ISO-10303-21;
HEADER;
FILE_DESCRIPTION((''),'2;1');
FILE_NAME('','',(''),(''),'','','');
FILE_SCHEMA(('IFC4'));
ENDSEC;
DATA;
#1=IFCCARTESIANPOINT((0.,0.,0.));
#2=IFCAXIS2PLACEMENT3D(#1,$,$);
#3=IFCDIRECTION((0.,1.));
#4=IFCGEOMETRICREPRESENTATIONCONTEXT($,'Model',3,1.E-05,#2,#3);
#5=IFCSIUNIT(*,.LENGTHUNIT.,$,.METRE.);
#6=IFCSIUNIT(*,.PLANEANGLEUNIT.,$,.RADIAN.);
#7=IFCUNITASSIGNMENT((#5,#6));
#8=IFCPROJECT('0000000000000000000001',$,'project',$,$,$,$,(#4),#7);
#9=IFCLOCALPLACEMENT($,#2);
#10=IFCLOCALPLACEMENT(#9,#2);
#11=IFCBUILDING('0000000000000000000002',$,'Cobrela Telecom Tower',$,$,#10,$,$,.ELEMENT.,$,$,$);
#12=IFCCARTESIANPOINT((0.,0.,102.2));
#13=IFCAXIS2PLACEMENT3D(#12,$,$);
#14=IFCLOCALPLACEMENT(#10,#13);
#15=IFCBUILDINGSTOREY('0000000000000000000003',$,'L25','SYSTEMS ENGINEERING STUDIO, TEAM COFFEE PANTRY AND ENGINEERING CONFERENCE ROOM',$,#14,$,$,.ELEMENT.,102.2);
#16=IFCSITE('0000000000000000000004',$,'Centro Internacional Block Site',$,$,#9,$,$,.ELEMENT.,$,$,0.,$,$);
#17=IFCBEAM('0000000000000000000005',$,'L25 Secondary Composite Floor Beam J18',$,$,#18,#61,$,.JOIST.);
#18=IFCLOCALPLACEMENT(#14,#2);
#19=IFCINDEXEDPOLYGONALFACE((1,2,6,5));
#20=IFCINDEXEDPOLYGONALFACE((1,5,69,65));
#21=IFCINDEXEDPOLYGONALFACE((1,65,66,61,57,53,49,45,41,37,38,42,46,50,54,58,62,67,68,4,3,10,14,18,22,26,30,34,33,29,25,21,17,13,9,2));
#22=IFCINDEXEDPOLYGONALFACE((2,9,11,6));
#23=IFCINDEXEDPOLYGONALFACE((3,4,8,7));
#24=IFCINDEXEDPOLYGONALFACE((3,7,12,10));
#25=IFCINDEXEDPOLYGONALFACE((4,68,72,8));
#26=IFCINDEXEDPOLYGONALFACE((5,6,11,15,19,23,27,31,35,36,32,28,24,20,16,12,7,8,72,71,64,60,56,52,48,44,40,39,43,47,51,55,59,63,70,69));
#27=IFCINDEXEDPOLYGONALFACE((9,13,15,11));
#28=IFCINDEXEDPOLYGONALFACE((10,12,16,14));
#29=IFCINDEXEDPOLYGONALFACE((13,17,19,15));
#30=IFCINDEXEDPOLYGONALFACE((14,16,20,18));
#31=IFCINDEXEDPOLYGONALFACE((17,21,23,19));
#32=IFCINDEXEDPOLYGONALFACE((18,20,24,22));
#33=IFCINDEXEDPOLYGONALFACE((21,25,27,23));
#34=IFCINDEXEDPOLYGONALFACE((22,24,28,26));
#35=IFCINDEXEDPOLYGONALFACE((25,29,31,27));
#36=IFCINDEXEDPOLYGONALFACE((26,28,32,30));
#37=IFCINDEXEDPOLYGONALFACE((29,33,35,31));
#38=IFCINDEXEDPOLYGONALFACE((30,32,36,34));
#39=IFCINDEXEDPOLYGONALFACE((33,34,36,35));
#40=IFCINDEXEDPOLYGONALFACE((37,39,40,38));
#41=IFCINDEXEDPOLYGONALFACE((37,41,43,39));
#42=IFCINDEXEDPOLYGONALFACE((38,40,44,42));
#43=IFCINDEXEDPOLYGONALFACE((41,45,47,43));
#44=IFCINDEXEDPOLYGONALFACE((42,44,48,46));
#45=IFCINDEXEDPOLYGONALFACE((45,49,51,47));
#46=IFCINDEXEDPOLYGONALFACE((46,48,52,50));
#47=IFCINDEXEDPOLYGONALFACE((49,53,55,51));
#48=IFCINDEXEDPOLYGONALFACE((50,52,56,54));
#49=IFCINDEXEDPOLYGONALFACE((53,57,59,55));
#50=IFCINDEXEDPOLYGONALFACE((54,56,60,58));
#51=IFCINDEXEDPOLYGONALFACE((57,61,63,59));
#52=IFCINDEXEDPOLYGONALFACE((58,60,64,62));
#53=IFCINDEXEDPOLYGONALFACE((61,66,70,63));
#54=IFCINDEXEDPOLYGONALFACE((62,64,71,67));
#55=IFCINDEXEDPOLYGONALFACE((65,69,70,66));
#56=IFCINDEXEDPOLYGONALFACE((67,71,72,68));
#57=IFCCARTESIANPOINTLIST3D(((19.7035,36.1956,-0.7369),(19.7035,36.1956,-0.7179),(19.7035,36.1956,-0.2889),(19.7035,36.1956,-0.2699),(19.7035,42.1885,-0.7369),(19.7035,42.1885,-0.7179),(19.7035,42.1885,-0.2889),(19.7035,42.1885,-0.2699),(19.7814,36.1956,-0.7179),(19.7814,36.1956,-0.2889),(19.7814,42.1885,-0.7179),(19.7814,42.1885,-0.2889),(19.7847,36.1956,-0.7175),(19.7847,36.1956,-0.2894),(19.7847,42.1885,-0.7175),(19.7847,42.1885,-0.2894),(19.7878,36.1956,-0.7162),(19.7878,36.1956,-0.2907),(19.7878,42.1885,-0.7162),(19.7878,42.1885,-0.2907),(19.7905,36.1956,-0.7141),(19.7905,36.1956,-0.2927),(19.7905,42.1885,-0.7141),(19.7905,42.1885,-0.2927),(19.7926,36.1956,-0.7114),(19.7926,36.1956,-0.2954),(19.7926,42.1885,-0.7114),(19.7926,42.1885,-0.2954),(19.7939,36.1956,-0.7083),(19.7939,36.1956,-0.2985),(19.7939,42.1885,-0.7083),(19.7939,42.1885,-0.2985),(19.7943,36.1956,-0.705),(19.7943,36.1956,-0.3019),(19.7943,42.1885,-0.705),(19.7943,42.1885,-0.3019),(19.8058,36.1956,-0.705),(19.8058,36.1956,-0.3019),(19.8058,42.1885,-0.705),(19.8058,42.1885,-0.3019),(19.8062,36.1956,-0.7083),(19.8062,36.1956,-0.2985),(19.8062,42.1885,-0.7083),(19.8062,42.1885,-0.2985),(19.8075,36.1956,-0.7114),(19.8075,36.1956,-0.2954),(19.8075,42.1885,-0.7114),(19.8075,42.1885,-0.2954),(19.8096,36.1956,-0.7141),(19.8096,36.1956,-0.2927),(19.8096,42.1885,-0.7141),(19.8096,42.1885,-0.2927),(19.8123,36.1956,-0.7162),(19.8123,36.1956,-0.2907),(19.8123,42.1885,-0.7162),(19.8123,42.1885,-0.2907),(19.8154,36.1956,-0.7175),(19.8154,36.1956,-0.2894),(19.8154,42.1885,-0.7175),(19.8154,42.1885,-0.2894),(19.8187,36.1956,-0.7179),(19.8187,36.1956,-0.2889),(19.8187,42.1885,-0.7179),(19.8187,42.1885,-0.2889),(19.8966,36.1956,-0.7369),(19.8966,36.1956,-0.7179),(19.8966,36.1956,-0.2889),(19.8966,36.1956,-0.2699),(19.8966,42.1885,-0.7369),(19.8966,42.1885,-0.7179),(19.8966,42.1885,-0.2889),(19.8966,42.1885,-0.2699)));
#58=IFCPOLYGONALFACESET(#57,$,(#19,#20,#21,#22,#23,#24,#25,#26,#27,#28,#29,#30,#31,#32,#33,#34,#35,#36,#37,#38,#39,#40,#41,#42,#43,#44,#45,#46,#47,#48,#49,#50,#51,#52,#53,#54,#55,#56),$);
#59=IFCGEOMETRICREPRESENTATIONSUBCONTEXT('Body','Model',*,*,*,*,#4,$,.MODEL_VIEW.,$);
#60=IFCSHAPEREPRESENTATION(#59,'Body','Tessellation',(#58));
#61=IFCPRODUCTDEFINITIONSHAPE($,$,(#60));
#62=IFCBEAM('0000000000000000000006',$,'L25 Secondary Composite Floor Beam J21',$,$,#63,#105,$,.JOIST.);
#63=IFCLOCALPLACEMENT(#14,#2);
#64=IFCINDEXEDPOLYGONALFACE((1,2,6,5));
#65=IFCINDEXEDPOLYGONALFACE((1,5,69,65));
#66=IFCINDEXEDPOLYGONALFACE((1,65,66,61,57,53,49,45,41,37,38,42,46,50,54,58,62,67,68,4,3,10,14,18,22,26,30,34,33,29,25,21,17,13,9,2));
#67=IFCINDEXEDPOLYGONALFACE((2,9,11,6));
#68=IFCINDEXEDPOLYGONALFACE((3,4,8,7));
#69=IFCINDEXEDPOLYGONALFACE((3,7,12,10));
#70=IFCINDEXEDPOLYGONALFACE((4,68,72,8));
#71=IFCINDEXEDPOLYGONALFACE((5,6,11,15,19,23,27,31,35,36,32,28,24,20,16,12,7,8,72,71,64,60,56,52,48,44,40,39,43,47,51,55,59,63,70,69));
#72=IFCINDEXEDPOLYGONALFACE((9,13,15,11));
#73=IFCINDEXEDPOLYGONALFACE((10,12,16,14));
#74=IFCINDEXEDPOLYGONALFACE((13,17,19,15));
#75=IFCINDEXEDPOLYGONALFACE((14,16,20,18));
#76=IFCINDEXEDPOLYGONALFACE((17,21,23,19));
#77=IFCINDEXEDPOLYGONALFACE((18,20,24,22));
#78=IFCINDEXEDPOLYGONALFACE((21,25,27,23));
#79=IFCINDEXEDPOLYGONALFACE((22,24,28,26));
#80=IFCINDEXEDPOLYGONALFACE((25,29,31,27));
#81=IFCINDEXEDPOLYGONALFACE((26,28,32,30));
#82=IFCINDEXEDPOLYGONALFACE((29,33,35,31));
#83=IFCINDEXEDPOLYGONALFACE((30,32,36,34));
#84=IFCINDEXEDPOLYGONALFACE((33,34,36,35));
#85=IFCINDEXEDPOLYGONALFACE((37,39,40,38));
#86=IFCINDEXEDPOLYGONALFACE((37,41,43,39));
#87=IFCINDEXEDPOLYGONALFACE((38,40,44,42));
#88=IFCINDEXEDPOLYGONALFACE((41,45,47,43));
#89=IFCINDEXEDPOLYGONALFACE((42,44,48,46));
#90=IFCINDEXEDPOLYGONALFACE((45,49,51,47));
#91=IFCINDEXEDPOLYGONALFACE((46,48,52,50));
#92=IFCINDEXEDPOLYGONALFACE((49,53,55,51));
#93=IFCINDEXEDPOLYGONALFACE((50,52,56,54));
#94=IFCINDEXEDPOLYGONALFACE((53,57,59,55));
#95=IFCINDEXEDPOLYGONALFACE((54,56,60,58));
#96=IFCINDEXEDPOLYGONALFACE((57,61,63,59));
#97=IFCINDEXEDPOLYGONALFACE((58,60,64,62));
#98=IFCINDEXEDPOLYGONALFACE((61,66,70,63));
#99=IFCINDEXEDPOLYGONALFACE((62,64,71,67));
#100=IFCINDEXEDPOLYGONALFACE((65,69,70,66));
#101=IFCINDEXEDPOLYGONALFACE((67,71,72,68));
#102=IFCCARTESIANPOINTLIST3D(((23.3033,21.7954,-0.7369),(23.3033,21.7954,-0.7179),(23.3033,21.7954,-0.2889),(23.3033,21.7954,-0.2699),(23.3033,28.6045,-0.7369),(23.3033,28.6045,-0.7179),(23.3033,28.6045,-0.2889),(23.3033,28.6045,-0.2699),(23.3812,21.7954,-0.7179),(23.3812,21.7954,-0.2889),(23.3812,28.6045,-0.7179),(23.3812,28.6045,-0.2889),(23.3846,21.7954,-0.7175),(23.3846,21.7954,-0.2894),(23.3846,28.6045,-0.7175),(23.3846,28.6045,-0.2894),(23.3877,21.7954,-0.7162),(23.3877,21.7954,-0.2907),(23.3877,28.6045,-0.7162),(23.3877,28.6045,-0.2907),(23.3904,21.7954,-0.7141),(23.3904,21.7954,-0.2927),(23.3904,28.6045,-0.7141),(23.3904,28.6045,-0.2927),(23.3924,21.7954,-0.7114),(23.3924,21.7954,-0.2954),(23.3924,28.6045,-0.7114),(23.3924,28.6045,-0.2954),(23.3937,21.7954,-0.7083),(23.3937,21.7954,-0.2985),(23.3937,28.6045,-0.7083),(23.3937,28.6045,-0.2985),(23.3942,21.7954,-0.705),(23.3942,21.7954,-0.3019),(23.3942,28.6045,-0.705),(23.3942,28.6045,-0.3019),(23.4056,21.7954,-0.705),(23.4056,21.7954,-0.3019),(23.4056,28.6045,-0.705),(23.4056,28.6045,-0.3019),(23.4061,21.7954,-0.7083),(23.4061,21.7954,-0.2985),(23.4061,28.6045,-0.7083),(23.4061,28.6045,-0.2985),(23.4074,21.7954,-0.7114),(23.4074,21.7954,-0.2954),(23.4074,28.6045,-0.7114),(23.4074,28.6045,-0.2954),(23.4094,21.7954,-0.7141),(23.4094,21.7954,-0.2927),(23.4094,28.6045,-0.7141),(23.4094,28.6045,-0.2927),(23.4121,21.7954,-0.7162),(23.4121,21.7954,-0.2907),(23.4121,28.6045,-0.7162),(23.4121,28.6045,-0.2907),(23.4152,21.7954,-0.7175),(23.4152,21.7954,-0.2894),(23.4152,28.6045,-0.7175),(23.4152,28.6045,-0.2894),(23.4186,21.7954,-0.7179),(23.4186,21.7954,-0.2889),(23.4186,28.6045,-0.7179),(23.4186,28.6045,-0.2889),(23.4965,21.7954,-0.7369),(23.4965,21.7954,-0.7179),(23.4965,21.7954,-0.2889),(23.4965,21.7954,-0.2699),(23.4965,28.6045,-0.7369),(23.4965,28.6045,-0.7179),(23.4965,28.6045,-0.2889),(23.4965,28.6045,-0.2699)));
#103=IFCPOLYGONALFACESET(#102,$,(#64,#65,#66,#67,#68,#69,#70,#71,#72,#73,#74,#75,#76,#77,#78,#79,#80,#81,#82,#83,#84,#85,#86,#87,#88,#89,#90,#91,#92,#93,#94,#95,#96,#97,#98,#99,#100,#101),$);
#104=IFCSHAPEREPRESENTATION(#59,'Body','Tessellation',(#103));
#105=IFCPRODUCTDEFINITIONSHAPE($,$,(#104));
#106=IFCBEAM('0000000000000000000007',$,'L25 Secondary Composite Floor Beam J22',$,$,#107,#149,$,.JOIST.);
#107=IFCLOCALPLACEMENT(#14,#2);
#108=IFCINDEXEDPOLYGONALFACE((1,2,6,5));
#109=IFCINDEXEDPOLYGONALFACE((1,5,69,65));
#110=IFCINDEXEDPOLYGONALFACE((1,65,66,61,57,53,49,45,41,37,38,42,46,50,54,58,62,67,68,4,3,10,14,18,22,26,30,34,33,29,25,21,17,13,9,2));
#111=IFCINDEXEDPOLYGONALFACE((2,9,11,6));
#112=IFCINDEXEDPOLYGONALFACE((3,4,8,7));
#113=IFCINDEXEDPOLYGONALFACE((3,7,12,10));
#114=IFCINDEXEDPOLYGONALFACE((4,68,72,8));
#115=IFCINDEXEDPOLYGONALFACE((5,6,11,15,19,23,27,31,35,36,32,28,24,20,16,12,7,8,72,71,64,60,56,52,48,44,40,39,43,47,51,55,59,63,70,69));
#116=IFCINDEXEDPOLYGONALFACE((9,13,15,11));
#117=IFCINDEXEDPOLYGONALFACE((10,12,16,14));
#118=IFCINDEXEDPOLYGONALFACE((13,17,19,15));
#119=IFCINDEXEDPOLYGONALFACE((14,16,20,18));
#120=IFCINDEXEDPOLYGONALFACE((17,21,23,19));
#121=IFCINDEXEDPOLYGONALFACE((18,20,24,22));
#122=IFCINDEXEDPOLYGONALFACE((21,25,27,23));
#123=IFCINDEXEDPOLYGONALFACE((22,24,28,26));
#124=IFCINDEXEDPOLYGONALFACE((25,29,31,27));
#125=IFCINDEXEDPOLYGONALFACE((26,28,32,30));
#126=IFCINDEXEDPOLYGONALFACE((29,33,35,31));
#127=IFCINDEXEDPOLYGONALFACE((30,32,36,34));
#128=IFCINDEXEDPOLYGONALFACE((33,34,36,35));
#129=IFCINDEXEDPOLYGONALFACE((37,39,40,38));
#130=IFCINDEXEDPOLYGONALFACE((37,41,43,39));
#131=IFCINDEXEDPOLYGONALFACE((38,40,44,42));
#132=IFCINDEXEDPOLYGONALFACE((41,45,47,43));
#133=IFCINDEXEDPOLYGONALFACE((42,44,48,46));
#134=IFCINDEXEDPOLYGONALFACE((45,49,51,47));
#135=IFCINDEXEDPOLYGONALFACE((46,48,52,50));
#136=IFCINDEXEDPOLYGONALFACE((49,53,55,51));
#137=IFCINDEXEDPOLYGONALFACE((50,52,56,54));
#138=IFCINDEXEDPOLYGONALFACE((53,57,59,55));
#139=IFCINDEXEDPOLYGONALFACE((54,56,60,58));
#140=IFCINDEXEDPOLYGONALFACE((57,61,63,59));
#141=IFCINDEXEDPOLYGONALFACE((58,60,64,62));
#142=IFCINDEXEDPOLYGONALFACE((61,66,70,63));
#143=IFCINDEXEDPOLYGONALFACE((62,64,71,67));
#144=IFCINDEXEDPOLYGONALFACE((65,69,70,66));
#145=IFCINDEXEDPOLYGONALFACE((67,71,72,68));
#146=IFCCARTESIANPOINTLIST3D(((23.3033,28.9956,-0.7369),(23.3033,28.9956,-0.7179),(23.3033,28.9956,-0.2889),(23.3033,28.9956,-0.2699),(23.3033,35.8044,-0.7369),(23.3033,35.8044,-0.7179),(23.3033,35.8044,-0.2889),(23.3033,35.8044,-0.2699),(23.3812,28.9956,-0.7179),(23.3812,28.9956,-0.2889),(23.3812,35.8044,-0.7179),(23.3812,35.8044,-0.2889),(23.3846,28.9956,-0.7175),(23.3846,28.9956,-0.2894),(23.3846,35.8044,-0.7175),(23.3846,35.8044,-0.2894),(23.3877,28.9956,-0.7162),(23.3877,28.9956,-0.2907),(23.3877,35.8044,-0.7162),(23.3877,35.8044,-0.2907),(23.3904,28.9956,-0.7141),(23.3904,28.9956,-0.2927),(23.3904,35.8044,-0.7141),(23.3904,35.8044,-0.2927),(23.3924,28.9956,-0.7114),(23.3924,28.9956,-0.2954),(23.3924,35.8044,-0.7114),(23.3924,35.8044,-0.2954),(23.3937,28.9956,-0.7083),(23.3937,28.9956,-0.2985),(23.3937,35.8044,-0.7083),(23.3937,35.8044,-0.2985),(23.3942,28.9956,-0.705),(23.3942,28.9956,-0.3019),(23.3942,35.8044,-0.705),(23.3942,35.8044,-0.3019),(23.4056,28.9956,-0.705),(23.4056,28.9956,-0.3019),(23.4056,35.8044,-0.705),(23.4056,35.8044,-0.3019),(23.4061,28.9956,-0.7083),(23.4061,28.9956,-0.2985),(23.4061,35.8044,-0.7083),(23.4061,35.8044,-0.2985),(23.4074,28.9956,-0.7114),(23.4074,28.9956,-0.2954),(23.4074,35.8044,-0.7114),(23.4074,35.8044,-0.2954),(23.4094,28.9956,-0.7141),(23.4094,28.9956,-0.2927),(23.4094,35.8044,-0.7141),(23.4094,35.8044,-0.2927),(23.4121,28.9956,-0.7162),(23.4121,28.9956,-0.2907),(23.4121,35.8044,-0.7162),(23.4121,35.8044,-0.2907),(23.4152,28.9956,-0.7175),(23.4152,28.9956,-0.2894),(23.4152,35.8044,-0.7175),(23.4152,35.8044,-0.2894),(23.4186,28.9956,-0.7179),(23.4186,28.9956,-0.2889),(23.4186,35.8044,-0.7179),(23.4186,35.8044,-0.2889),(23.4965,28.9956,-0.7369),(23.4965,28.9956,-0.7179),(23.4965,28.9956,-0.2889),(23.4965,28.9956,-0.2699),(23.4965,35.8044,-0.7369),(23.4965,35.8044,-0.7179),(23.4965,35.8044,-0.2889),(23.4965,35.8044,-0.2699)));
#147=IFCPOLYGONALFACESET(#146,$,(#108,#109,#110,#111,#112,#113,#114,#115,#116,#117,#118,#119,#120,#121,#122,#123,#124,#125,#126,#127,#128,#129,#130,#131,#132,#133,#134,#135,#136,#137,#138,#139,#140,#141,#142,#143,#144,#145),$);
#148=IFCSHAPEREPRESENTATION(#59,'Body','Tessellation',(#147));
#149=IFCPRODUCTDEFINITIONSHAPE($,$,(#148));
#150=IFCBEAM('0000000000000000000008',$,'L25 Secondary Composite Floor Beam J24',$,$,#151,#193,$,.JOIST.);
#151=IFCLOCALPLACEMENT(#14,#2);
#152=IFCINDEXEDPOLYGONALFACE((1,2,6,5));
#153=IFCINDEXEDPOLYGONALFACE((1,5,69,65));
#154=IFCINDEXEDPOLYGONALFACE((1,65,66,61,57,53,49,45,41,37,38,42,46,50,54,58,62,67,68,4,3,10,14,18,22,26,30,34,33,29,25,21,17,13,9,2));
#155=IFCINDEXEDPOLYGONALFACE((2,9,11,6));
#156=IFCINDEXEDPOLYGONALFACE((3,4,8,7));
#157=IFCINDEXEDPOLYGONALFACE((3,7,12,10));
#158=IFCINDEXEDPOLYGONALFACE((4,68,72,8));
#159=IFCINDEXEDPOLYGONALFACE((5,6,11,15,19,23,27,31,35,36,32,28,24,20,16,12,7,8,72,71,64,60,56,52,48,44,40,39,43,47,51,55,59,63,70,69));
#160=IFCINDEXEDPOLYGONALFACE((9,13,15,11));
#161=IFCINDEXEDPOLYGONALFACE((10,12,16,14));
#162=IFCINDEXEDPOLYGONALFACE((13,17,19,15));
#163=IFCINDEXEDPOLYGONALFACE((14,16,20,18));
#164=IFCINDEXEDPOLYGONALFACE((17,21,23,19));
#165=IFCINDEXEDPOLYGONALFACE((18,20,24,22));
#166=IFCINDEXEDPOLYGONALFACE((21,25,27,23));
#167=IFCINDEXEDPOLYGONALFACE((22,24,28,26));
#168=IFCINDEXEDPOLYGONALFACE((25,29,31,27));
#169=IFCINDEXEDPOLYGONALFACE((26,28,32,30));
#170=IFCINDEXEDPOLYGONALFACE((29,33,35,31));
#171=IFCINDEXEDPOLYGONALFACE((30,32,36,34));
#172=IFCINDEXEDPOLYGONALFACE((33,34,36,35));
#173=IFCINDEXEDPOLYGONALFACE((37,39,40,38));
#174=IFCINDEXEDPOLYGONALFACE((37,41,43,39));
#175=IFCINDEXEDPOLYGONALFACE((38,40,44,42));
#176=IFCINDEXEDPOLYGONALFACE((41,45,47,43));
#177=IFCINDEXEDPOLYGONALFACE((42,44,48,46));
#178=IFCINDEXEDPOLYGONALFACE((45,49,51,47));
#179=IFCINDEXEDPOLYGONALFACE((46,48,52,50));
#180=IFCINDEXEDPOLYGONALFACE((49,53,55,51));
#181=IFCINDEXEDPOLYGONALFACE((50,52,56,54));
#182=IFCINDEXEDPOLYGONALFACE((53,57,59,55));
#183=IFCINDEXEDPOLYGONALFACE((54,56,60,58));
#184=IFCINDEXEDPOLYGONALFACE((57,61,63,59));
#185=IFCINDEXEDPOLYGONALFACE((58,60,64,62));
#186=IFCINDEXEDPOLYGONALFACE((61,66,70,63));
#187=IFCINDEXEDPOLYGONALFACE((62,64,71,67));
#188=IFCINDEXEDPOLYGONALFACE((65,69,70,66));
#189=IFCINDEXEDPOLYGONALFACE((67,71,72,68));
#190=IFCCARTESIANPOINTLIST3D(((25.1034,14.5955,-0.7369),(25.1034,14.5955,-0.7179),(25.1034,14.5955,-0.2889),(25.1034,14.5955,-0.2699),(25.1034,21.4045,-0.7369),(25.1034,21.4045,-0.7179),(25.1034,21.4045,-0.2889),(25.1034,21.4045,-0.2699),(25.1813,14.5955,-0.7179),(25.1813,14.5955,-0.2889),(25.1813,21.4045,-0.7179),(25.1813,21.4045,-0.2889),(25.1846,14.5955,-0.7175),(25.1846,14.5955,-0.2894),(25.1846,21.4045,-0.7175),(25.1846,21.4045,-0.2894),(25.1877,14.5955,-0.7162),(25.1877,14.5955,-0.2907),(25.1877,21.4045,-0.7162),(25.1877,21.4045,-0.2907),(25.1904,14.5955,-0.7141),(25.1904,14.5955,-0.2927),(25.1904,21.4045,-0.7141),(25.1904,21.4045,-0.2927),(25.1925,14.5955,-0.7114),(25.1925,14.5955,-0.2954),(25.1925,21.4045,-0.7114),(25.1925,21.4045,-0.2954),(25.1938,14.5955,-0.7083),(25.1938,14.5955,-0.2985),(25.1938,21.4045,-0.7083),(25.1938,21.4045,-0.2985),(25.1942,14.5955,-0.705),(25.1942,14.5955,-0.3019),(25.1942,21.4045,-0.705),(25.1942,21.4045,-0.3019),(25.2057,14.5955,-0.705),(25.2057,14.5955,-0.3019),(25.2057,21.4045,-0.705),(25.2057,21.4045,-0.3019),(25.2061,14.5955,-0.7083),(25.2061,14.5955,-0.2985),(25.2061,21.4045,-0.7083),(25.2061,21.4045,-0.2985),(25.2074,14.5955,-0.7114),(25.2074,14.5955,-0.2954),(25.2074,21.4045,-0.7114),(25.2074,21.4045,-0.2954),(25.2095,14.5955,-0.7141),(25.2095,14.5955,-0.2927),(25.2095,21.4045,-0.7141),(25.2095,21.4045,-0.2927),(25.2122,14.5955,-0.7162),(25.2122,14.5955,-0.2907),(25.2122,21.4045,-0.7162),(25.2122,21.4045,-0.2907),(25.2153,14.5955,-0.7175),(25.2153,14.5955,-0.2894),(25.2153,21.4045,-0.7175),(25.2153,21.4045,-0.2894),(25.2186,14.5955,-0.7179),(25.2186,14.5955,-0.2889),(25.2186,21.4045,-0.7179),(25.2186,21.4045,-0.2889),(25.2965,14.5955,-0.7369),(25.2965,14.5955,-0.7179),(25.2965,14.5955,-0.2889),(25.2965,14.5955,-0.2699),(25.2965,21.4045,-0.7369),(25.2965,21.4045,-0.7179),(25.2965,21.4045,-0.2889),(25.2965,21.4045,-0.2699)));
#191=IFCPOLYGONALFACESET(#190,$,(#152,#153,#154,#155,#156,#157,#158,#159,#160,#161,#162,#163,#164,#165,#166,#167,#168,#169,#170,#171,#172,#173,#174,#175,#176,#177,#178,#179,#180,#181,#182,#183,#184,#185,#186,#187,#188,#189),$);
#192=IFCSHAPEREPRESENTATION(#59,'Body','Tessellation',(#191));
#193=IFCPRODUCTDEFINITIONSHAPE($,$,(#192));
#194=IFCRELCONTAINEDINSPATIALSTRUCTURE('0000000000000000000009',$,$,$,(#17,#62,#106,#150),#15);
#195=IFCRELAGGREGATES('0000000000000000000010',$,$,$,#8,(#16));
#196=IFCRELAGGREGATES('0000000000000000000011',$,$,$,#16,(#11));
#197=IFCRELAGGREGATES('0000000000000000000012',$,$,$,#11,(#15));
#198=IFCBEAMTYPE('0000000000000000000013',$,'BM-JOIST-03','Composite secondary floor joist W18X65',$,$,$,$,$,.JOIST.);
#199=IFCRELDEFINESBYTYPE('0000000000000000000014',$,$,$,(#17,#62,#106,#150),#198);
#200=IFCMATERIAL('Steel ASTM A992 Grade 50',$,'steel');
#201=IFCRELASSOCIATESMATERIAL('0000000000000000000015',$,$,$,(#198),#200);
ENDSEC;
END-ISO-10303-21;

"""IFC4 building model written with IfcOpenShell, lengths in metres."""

from ifc_helpers import new_model, si_unit, direction, frame, origin, origin_2d, place, context, subcontext, project, spatial, i_section, extrude, material, material_profile, profile_set, type_object, element, save


model = new_model("IFC4")

# Units and contexts
model_context = context("Model", 3, precision=1e-05, world=origin(), true_north=direction((0.0, 1.0)))
body_context = subcontext(model_context, "Body", "Model", "MODEL_VIEW")
ifc_project = project(units=[si_unit("LENGTHUNIT", "METRE"), si_unit("PLANEANGLEUNIT", "RADIAN")], contexts=[model_context])

# Site, building, storey
site_placement = place(None, origin())
site = spatial("IfcSite", under=ifc_project, at=site_placement, Name="Centro Internacional Block Site", CompositionType="ELEMENT", RefElevation=0.0)
building_placement = place(site_placement, origin())
building = spatial("IfcBuilding", under=site, at=building_placement, Name="Cobrela Telecom Tower", CompositionType="ELEMENT")
storey_placement = place(building_placement, frame((0.0, 0.0, 102.2)))
storey = spatial("IfcBuildingStorey", under=building, at=storey_placement, Name="L25", Description="SYSTEMS ENGINEERING STUDIO, TEAM COFFEE PANTRY AND ENGINEERING CONFERENCE ROOM", CompositionType="ELEMENT", Elevation=102.2)

# Shared definitions
ifc_material_1 = material(Name="Steel ASTM A992 Grade 50", Category="steel")

# Beams
ifc_material_profile_1 = material_profile(ifc_material_1, i_section(OverallWidth=0.1931, OverallDepth=0.467, WebThickness=0.0115, FlangeThickness=0.019, FilletRadius=0.0129, at=origin_2d()), Name="W18X65")
ifc_profile_set_1 = profile_set([ifc_material_profile_1], Name="Steel ASTM A992 Grade 50")
beam_type_1 = type_object("IfcBeamType", Name="BM-JOIST-03", Description="Composite secondary floor joist W18X65", PredefinedType="JOIST", material=ifc_profile_set_1)
beam_1_placement = place(storey_placement, frame((19.8, 36.1956, -0.5034), z_axis=(0.0, 1.0, 0.0), x_axis=(-1.0, 0.0, 0.0)))
element("IfcBeam", 1, at=beam_1_placement, inside=storey, type_object=beam_type_1, Name="L25 Secondary Composite Floor Beam J18", PredefinedType="JOIST", context=body_context, shape_type="SweptSolid", body=[
    extrude(i_section(OverallWidth=0.1931, OverallDepth=0.467, WebThickness=0.0115, FlangeThickness=0.019, FilletRadius=0.0129, at=origin_2d()), origin(), (0.0, 0.0, 1.0), 5.9929),
])
beam_2_placement = place(storey_placement, frame((23.3999, 21.7954, -0.5034), z_axis=(0.0, 1.0, 0.0), x_axis=(-1.0, 0.0, 0.0)))
element("IfcBeam", 2, at=beam_2_placement, inside=storey, type_object=beam_type_1, Name="L25 Secondary Composite Floor Beam J21", PredefinedType="JOIST", context=body_context, shape_type="SweptSolid", body=[
    extrude(i_section(OverallWidth=0.1931, OverallDepth=0.467, WebThickness=0.0115, FlangeThickness=0.019, FilletRadius=0.0129, at=origin_2d()), origin(), (0.0, 0.0, 1.0), 6.8091),
])
beam_3_placement = place(storey_placement, frame((23.3999, 28.9956, -0.5034), z_axis=(0.0, 1.0, 0.0), x_axis=(-1.0, 0.0, 0.0)))
element("IfcBeam", 3, at=beam_3_placement, inside=storey, type_object=beam_type_1, Name="L25 Secondary Composite Floor Beam J22", PredefinedType="JOIST", context=body_context, shape_type="SweptSolid", body=[
    extrude(i_section(OverallWidth=0.1931, OverallDepth=0.467, WebThickness=0.0115, FlangeThickness=0.019, FilletRadius=0.0129, at=origin_2d()), origin(), (0.0, 0.0, 1.0), 6.8088),
])
beam_4_placement = place(storey_placement, frame((25.2, 14.5955, -0.5034), z_axis=(0.0, 1.0, 0.0), x_axis=(-1.0, 0.0, 0.0)))
element("IfcBeam", 4, at=beam_4_placement, inside=storey, type_object=beam_type_1, Name="L25 Secondary Composite Floor Beam J24", PredefinedType="JOIST", context=body_context, shape_type="SweptSolid", body=[
    extrude(i_section(OverallWidth=0.1931, OverallDepth=0.467, WebThickness=0.0115, FlangeThickness=0.019, FilletRadius=0.0129, at=origin_2d()), origin(), (0.0, 0.0, 1.0), 6.8091),
])

save(model, "model.ifc")
